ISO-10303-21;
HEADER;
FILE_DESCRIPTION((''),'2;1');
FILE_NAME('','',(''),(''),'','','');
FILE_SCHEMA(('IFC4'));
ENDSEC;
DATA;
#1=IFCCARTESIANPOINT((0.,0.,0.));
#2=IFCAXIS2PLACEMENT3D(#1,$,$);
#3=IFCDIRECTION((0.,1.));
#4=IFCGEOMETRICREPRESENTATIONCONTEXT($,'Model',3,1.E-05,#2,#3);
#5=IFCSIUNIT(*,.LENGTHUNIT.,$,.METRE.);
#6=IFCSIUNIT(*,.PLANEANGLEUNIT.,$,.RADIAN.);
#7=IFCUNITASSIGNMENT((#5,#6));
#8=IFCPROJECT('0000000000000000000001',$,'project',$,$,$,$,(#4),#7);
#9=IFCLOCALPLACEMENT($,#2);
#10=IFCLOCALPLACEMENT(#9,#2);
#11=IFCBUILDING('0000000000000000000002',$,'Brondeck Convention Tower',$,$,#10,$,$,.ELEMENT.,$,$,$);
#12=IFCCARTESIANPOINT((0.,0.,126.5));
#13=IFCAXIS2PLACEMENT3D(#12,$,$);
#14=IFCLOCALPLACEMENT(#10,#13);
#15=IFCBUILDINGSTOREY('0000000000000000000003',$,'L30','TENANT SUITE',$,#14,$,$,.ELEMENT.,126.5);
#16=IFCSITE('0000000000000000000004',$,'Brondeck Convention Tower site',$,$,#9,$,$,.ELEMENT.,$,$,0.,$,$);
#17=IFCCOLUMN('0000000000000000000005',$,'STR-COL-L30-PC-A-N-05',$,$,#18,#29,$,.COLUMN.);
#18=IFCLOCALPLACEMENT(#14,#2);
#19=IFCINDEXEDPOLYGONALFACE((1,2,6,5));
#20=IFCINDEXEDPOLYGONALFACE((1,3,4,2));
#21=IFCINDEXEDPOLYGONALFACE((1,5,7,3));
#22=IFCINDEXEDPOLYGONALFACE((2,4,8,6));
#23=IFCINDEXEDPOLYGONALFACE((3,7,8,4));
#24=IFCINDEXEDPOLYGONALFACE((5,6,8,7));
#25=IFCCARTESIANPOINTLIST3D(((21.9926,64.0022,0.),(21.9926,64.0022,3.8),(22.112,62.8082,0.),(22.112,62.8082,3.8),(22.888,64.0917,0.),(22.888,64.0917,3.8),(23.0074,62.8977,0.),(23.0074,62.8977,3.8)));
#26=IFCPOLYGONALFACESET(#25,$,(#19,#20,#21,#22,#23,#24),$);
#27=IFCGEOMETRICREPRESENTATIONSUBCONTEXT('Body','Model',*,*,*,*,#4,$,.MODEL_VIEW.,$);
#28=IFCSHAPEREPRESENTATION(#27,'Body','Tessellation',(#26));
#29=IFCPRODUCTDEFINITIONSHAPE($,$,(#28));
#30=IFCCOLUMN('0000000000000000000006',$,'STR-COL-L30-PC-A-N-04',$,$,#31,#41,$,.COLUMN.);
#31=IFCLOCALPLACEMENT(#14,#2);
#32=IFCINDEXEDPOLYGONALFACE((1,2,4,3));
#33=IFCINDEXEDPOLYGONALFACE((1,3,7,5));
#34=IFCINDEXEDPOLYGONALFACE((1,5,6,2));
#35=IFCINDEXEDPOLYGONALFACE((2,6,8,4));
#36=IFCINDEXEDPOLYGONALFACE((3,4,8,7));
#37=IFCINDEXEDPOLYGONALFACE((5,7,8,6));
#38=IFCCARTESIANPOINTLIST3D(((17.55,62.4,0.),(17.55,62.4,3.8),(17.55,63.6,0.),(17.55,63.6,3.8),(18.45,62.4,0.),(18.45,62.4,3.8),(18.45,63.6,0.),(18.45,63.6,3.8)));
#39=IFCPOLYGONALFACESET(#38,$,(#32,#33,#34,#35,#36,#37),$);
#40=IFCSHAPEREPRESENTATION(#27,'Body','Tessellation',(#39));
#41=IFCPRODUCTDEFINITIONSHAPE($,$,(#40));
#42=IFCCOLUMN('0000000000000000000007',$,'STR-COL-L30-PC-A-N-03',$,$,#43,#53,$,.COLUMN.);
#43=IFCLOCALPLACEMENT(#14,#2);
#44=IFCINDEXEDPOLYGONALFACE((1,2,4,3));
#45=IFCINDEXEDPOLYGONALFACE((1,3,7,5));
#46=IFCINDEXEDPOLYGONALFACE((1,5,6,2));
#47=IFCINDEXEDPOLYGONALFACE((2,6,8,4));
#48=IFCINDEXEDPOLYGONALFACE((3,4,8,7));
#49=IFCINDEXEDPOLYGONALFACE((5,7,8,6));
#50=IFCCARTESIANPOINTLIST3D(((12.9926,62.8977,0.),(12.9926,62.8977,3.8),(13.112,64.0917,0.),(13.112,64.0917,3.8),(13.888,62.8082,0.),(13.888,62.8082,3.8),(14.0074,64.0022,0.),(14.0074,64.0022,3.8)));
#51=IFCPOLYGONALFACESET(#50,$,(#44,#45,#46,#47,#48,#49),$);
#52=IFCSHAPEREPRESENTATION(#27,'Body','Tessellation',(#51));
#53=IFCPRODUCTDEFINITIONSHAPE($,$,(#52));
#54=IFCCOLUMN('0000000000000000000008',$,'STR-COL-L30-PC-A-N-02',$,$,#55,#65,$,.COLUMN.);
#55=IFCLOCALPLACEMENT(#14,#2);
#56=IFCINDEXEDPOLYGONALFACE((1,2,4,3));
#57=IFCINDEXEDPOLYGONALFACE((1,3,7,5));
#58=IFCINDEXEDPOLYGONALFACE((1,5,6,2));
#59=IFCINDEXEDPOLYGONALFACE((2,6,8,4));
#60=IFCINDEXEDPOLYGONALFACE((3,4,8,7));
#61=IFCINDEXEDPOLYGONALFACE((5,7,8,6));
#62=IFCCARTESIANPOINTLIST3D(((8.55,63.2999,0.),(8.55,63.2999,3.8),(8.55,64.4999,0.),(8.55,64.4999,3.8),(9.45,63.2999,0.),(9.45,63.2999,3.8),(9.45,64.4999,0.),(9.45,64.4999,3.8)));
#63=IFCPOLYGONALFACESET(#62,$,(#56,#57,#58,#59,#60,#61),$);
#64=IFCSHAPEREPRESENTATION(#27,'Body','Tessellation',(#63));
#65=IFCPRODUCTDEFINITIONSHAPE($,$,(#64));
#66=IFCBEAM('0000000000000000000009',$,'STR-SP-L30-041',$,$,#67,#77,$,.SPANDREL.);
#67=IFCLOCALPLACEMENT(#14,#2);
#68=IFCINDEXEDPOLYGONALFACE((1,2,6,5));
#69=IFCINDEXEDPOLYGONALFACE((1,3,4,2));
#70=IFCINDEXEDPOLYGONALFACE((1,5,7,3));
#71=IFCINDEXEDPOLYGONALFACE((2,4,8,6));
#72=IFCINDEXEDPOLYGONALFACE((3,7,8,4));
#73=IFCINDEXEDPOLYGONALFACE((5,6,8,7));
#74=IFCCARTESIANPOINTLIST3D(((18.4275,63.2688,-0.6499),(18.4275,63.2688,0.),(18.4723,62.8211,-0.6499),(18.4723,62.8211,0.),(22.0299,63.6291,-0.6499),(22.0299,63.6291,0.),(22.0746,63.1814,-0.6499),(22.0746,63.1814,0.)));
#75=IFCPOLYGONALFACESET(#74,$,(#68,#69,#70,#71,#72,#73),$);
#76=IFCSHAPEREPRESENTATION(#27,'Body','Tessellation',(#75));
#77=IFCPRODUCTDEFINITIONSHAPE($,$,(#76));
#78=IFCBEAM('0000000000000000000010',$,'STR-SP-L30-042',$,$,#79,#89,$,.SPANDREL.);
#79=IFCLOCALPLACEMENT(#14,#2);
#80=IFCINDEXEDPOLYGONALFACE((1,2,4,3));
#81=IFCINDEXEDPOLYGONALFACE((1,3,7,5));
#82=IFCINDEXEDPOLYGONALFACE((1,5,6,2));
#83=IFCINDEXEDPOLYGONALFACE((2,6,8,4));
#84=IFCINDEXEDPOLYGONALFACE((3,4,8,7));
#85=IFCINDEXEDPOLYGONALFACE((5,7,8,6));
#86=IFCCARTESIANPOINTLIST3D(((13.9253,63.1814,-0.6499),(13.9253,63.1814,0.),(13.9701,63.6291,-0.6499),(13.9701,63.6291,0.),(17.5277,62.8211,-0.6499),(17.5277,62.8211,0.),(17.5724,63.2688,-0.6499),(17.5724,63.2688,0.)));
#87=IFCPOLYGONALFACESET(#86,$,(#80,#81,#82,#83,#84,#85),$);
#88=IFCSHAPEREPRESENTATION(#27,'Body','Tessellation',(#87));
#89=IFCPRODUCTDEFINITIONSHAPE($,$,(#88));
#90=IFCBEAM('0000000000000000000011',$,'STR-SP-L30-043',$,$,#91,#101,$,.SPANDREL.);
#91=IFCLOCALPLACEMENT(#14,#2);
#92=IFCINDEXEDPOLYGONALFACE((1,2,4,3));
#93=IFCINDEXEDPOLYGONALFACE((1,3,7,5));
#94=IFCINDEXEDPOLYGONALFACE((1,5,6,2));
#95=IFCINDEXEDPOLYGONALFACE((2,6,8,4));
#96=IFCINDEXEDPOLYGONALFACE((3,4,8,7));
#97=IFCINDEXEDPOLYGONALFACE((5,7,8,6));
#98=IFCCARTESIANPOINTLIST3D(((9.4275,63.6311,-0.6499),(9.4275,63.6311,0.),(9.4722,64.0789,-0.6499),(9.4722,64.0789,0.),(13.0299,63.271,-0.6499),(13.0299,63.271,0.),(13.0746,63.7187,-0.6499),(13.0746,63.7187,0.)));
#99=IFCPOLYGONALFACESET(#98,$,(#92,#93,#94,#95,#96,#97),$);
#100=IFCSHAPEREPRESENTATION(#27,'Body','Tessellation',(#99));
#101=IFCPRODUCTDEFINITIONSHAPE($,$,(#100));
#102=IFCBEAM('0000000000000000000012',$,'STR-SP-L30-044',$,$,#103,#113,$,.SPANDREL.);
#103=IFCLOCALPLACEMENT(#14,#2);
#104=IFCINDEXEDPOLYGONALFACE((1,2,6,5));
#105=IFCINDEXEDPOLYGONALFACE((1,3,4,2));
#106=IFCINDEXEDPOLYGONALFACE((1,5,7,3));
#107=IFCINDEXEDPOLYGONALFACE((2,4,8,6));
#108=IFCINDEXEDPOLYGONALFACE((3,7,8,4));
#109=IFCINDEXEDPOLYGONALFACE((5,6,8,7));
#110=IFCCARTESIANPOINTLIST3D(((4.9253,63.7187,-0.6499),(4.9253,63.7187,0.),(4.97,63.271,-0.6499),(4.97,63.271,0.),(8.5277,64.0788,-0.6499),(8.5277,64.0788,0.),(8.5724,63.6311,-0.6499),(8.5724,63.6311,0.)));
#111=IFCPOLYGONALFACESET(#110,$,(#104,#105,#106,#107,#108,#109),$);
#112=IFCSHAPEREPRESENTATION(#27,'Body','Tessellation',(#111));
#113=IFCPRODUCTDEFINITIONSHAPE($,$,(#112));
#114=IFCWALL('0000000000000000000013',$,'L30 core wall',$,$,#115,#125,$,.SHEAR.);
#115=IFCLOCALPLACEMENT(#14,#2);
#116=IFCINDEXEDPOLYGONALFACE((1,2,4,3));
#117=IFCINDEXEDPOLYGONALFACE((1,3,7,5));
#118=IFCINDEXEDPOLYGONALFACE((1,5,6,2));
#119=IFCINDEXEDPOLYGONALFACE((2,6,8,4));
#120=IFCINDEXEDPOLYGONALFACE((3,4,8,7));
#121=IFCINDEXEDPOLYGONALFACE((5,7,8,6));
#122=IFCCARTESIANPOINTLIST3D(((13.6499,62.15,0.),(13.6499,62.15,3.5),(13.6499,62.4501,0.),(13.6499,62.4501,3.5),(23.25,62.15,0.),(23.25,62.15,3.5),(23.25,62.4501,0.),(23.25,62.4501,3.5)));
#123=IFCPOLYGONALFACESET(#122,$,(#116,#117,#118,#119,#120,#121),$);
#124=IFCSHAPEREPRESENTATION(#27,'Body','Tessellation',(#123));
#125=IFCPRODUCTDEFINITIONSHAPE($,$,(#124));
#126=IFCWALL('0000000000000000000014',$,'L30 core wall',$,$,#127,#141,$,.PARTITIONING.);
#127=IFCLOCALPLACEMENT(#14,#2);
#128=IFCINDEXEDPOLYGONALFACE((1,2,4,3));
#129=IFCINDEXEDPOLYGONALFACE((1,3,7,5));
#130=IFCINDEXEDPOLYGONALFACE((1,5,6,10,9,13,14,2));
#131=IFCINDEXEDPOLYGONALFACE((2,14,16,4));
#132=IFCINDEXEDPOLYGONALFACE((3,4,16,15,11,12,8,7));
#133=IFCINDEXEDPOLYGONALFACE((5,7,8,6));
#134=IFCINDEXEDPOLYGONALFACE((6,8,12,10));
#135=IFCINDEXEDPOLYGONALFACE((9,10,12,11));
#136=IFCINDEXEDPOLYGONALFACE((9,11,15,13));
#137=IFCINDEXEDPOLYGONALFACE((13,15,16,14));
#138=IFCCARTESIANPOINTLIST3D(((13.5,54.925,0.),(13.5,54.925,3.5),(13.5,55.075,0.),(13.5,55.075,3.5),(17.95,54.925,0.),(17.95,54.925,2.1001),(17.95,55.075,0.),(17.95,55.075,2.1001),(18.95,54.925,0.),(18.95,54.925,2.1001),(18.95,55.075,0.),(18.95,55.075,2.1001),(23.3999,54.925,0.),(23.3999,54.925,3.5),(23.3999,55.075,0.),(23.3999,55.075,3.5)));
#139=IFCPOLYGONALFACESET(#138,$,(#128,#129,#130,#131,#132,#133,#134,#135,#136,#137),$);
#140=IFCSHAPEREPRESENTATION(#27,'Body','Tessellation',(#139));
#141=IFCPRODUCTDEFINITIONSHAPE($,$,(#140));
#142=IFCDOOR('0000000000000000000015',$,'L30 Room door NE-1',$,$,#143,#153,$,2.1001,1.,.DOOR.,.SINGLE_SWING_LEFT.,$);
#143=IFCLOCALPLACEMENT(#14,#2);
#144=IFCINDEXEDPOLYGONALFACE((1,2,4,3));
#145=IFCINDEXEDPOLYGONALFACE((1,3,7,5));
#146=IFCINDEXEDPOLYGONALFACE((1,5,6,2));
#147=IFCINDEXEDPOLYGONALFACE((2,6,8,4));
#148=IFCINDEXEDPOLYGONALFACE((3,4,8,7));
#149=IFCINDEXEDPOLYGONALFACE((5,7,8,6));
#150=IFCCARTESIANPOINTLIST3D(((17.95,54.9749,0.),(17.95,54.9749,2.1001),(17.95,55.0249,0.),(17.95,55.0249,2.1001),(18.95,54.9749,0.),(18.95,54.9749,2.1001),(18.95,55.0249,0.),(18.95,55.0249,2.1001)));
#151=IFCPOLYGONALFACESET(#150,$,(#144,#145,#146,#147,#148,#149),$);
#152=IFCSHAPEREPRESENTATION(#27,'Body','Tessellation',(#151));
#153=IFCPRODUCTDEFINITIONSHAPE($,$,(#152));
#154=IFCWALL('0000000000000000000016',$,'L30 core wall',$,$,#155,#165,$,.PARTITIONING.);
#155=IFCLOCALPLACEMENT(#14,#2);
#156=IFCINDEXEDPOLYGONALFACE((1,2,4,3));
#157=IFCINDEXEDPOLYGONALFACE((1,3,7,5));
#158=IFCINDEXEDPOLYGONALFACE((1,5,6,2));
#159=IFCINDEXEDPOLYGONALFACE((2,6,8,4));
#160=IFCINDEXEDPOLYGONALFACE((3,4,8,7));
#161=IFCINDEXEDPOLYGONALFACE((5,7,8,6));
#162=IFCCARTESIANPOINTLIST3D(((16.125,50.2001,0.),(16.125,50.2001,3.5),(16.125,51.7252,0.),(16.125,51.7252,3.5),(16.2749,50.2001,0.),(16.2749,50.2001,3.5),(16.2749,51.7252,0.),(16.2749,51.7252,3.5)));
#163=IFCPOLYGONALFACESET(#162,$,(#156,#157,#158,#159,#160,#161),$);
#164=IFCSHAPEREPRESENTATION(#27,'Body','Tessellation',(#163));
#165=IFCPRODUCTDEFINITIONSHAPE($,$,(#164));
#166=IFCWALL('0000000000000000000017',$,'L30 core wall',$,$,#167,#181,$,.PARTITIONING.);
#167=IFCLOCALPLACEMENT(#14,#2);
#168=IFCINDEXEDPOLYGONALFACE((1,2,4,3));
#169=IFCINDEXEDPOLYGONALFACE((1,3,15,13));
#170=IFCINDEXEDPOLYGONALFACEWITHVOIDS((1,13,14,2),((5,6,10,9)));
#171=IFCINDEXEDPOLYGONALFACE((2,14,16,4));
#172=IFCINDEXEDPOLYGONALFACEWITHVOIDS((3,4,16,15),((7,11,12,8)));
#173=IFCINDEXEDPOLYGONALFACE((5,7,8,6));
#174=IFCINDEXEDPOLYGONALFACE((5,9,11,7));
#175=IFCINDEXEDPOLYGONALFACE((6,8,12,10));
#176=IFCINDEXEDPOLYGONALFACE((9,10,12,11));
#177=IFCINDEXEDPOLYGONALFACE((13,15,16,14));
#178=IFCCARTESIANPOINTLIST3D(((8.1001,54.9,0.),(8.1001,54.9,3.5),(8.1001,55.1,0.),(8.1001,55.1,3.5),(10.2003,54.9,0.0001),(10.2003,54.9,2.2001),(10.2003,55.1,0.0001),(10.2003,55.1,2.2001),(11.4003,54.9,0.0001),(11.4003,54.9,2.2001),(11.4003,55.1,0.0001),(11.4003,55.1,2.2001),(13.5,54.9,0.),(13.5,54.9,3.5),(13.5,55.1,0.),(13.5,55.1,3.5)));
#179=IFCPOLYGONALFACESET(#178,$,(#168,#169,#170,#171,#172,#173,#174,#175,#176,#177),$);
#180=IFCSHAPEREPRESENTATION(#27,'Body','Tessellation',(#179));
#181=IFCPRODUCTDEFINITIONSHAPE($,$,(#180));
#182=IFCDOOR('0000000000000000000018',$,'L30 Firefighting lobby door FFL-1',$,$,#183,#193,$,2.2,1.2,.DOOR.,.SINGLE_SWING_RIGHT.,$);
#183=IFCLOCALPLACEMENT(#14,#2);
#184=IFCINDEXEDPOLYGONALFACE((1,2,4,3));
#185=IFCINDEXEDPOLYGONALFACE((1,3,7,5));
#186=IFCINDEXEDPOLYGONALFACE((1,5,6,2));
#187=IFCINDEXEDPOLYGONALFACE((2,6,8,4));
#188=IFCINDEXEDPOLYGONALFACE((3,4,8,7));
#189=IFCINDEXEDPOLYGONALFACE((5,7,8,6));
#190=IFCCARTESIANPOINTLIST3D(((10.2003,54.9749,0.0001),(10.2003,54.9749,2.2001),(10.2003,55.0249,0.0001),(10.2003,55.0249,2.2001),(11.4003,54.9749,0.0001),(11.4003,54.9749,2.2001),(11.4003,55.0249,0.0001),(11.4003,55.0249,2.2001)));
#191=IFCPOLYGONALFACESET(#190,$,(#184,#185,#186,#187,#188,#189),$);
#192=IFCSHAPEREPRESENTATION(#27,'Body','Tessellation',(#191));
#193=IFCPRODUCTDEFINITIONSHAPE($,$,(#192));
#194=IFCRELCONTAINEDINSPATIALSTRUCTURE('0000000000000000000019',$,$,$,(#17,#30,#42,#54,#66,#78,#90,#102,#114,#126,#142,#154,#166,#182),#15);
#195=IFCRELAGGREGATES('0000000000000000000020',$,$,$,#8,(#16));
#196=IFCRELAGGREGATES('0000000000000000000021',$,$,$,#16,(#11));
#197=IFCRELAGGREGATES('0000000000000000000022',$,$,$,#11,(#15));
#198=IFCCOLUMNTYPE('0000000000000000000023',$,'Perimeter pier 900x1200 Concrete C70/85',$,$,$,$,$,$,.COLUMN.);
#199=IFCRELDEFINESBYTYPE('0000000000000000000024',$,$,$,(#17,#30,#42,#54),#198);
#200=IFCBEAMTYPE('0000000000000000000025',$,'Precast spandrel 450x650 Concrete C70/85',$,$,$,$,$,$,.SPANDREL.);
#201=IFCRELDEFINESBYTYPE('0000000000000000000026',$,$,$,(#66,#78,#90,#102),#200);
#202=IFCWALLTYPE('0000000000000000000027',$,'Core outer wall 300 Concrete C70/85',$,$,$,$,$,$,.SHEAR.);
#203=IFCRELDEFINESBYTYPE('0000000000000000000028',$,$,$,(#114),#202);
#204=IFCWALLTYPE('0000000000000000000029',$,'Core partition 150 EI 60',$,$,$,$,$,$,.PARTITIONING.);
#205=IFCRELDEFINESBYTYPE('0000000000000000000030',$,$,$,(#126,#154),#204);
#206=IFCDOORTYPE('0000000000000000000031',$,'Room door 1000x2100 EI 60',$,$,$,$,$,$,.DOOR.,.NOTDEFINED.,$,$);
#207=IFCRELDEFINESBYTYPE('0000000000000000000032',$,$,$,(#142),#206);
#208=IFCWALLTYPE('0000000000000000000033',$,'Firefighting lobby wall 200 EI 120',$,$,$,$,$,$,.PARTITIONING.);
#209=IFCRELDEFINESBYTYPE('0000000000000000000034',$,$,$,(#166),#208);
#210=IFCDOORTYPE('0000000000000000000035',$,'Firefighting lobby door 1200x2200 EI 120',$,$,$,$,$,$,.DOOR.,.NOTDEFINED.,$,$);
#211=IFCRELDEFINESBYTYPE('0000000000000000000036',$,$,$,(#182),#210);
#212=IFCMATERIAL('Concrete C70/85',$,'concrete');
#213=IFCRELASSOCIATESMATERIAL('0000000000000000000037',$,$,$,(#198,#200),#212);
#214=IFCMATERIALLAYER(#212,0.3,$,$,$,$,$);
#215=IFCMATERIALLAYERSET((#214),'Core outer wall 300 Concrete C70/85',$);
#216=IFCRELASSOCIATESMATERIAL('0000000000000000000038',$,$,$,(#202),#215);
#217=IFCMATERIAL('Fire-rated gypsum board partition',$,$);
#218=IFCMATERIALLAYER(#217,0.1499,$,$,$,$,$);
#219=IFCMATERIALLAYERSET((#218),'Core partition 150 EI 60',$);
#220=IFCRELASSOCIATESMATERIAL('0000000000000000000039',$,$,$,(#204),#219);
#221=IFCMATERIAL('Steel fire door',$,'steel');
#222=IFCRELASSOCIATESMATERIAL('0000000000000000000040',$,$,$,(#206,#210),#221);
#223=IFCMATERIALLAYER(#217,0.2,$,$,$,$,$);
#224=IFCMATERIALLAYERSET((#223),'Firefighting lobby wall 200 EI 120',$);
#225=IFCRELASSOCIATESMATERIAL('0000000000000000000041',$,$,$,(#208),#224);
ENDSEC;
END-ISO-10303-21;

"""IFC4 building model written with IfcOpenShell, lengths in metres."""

from ifc_helpers import new_model, si_unit, direction, frame, frame_2d, origin, origin_2d, place, context, subcontext, project, spatial, rectangle, extrude, material, layer, layer_set, material_profile, profile_set, type_object, element, fill, save


model = new_model("IFC4")

# Units and contexts
model_context = context("Model", 3, precision=1e-05, world=origin(), true_north=direction((0.0, 1.0)))
body_context = subcontext(model_context, "Body", "Model", "MODEL_VIEW")
ifc_project = project(units=[si_unit("LENGTHUNIT", "METRE"), si_unit("PLANEANGLEUNIT", "RADIAN")], contexts=[model_context])

# Site, building, storey
site_placement = place(None, origin())
site = spatial("IfcSite", under=ifc_project, at=site_placement, Name="Brondeck Convention Tower site", CompositionType="ELEMENT", RefElevation=0.0)
building_placement = place(site_placement, origin())
building = spatial("IfcBuilding", under=site, at=building_placement, Name="Brondeck Convention Tower", CompositionType="ELEMENT")
storey_placement = place(building_placement, frame((0.0, 0.0, 126.5)))
storey = spatial("IfcBuildingStorey", under=building, at=storey_placement, Name="L30", Description="TENANT SUITE", CompositionType="ELEMENT", Elevation=126.5)

# Columns
ifc_material_1 = material(Name="Concrete C70/85", Category="concrete")
ifc_material_profile_1 = material_profile(ifc_material_1, rectangle(XDim=0.8999, YDim=1.2, at=origin_2d()), Name="Perimeter pier 900x1200 Concrete C70/85")
ifc_profile_set_1 = profile_set([ifc_material_profile_1], Name="Concrete C70/85")
column_type = type_object("IfcColumnType", Name="Perimeter pier 900x1200 Concrete C70/85", PredefinedType="COLUMN", material=ifc_profile_set_1)
for number, where, z_axis, x_axis, name in (
    (1, (22.5, 63.45, 0.0), (0.0, 0.0, 1.0), (-0.995037, -0.099504, 0.0), "STR-COL-L30-PC-A-N-05"),
    (2, (18.0, 63.0, 0.0), (0.0, 0.0, 1.0), (-1.0, 0.0, 0.0), "STR-COL-L30-PC-A-N-04"),
    (3, (13.5, 63.45, 0.0), (0.0, 0.0, 1.0), (-0.995037, 0.099504, 0.0), "STR-COL-L30-PC-A-N-03"),
    (4, (9.0, 63.8999, 0.0), (0.0, 0.0, 1.0), (-1.0, 0.0, 0.0), "STR-COL-L30-PC-A-N-02"),
):
    element("IfcColumn", number, at=place(storey_placement, frame(where, z_axis=z_axis, x_axis=x_axis)), inside=storey, type_object=column_type, Name=name, PredefinedType="COLUMN", context=body_context, shape_type="SweptSolid", body=[
        extrude(rectangle(XDim=0.8999, YDim=1.2, at=origin_2d()), origin(), (0.0, 0.0, 1.0), 3.8),
    ])

# Beams
ifc_material_profile_2 = material_profile(ifc_material_1, rectangle(XDim=0.45, YDim=0.6499, at=origin_2d()), Name="Precast spandrel 450x650 Concrete C70/85")
ifc_profile_set_2 = profile_set([ifc_material_profile_2], Name="Concrete C70/85")
beam_type = type_object("IfcBeamType", Name="Precast spandrel 450x650 Concrete C70/85", PredefinedType="SPANDREL", material=ifc_profile_set_2)
for number, where, z_axis, x_axis, name in (
    (5, (22.0522, 63.4053, -0.325), (-0.995034, -0.099537, 0.0), (0.099537, -0.995034, 0.0), "STR-SP-L30-041"),
    (6, (17.55, 63.0449, -0.325), (-0.995034, 0.099537, 0.0), (-0.099537, -0.995034, 0.0), "STR-SP-L30-042"),
    (7, (13.0522, 63.4949, -0.325), (-0.995041, 0.09947, 0.0), (-0.09947, -0.995041, 0.0), "STR-SP-L30-043"),
    (8, (8.55, 63.855, -0.325), (-0.995041, -0.09947, 0.0), (0.09947, -0.995041, 0.0), "STR-SP-L30-044"),
):
    element("IfcBeam", number, at=place(storey_placement, frame(where, z_axis=z_axis, x_axis=x_axis)), inside=storey, type_object=beam_type, Name=name, PredefinedType="SPANDREL", context=body_context, shape_type="SweptSolid", body=[
        extrude(rectangle(XDim=0.45, YDim=0.6499, at=origin_2d()), origin(), (0.0, 0.0, 1.0), 3.6204),
    ])

# Wall
ifc_layer_1 = layer(ifc_material_1, 0.3)
ifc_layer_set_1 = layer_set([ifc_layer_1], Name="Core outer wall 300 Concrete C70/85")
wall_type_1 = type_object("IfcWallType", Name="Core outer wall 300 Concrete C70/85", PredefinedType="SHEAR", material=ifc_layer_set_1)
wall_1_placement = place(storey_placement, frame((13.6499, 62.3, 0.0), z_axis=(0.0, 0.0, 1.0), x_axis=(1.0, 0.0, 0.0)))
element("IfcWall", 9, at=wall_1_placement, inside=storey, type_object=wall_type_1, Name="L30 core wall", PredefinedType="SHEAR", context=body_context, shape_type="SweptSolid", body=[
    extrude(rectangle(XDim=9.6001, YDim=0.3, at=frame_2d((4.8, 0.0))), origin(), (0.0, 0.0, 1.0), 3.5),
])

# Wall, opening, door
ifc_material_2 = material(Name="Fire-rated gypsum board partition")
ifc_layer_2 = layer(ifc_material_2, 0.1499)
ifc_layer_set_2 = layer_set([ifc_layer_2], Name="Core partition 150 EI 60")
wall_type_2 = type_object("IfcWallType", Name="Core partition 150 EI 60", PredefinedType="PARTITIONING", material=ifc_layer_set_2)
wall_2_placement = place(storey_placement, frame((13.5, 55.0, 0.0), z_axis=(0.0, 0.0, 1.0), x_axis=(1.0, 0.0, 0.0)))
wall_2 = element("IfcWall", 10, at=wall_2_placement, inside=storey, type_object=wall_type_2, Name="L30 core wall", PredefinedType="PARTITIONING", context=body_context, shape_type="SweptSolid", body=[
    extrude(rectangle(XDim=9.8999, YDim=0.1499, at=frame_2d((4.95, 0.0))), origin(), (0.0, 0.0, 1.0), 3.5),
])
opening_1_placement = place(wall_2_placement, frame((4.45, 0.0, 0.0)))
opening_1 = element("IfcOpeningElement", 11, at=opening_1_placement, cuts=wall_2, PredefinedType="OPENING", context=body_context, shape_type="SweptSolid", body=[
    extrude(rectangle(XDim=1.0, YDim=2.1001, at=frame_2d((0.5, 1.05))), frame((0.0, 0.085, 0.0), z_axis=(0.0, -1.0, 0.0), x_axis=(1.0, 0.0, 0.0)), (0.0, 0.0, 1.0), 0.1699),
])
ifc_material_3 = material(Name="Steel fire door", Category="steel")
door_type_1 = type_object("IfcDoorType", Name="Room door 1000x2100 EI 60", OperationType="NOTDEFINED", PredefinedType="DOOR", material=ifc_material_3)
door_1_placement = place(opening_1_placement, origin())
door_1 = element("IfcDoor", 12, at=door_1_placement, inside=storey, type_object=door_type_1, Name="L30 Room door NE-1", OperationType="SINGLE_SWING_LEFT", OverallHeight=2.1001, OverallWidth=1.0, PredefinedType="DOOR", context=body_context, shape_type="SweptSolid", body=[
    extrude(rectangle(XDim=1.0, YDim=2.1001, at=frame_2d((0.5, 1.05))), frame((0.0, 0.0249, 0.0), z_axis=(0.0, -1.0, 0.0), x_axis=(1.0, 0.0, 0.0)), (0.0, 0.0, 1.0), 0.05),
])
fill(opening_1, door_1)

# Wall
wall_3_placement = place(storey_placement, frame((16.2, 50.2, 0.0), z_axis=(0.0, 0.0, 1.0), x_axis=(0.0, 1.0, 0.0)))
element("IfcWall", 13, at=wall_3_placement, inside=storey, type_object=wall_type_2, Name="L30 core wall", PredefinedType="PARTITIONING", context=body_context, shape_type="SweptSolid", body=[
    extrude(rectangle(XDim=1.5251, YDim=0.1499, at=frame_2d((0.7627, 0.0))), origin(), (0.0, 0.0, 1.0), 3.5),
])

# Wall, opening, door
ifc_layer_3 = layer(ifc_material_2, 0.2)
ifc_layer_set_3 = layer_set([ifc_layer_3], Name="Firefighting lobby wall 200 EI 120")
wall_type_3 = type_object("IfcWallType", Name="Firefighting lobby wall 200 EI 120", PredefinedType="PARTITIONING", material=ifc_layer_set_3)
wall_4_placement = place(storey_placement, frame((8.1001, 55.0, 0.0), z_axis=(0.0, 0.0, 1.0), x_axis=(1.0, 0.0, 0.0)))
wall_4 = element("IfcWall", 14, at=wall_4_placement, inside=storey, type_object=wall_type_3, Name="L30 core wall", PredefinedType="PARTITIONING", context=body_context, shape_type="SweptSolid", body=[
    extrude(rectangle(XDim=5.3999, YDim=0.2, at=frame_2d((2.7, 0.0))), origin(), (0.0, 0.0, 1.0), 3.5),
])
opening_2_placement = place(wall_4_placement, frame((2.1001, 0.0, 0.0)))
opening_2 = element("IfcOpeningElement", 15, at=opening_2_placement, cuts=wall_4, PredefinedType="OPENING", context=body_context, shape_type="SweptSolid", body=[
    extrude(rectangle(XDim=1.2, YDim=2.2, at=frame_2d((0.6001, 1.1001))), frame((0.0, 0.1099, 0.0), z_axis=(0.0, -1.0, 0.0), x_axis=(1.0, 0.0, 0.0)), (0.0, 0.0, 1.0), 0.22),
])
door_type_2 = type_object("IfcDoorType", Name="Firefighting lobby door 1200x2200 EI 120", OperationType="NOTDEFINED", PredefinedType="DOOR", material=ifc_material_3)
door_2_placement = place(opening_2_placement, origin())
door_2 = element("IfcDoor", 16, at=door_2_placement, inside=storey, type_object=door_type_2, Name="L30 Firefighting lobby door FFL-1", OperationType="SINGLE_SWING_RIGHT", OverallHeight=2.2, OverallWidth=1.2, PredefinedType="DOOR", context=body_context, shape_type="SweptSolid", body=[
    extrude(rectangle(XDim=1.2, YDim=2.2, at=frame_2d((0.6001, 1.1001))), frame((0.0, 0.0249, 0.0), z_axis=(0.0, -1.0, 0.0), x_axis=(1.0, 0.0, 0.0)), (0.0, 0.0, 1.0), 0.05),
])
fill(opening_2, door_2)

save(model, "model.ifc")
